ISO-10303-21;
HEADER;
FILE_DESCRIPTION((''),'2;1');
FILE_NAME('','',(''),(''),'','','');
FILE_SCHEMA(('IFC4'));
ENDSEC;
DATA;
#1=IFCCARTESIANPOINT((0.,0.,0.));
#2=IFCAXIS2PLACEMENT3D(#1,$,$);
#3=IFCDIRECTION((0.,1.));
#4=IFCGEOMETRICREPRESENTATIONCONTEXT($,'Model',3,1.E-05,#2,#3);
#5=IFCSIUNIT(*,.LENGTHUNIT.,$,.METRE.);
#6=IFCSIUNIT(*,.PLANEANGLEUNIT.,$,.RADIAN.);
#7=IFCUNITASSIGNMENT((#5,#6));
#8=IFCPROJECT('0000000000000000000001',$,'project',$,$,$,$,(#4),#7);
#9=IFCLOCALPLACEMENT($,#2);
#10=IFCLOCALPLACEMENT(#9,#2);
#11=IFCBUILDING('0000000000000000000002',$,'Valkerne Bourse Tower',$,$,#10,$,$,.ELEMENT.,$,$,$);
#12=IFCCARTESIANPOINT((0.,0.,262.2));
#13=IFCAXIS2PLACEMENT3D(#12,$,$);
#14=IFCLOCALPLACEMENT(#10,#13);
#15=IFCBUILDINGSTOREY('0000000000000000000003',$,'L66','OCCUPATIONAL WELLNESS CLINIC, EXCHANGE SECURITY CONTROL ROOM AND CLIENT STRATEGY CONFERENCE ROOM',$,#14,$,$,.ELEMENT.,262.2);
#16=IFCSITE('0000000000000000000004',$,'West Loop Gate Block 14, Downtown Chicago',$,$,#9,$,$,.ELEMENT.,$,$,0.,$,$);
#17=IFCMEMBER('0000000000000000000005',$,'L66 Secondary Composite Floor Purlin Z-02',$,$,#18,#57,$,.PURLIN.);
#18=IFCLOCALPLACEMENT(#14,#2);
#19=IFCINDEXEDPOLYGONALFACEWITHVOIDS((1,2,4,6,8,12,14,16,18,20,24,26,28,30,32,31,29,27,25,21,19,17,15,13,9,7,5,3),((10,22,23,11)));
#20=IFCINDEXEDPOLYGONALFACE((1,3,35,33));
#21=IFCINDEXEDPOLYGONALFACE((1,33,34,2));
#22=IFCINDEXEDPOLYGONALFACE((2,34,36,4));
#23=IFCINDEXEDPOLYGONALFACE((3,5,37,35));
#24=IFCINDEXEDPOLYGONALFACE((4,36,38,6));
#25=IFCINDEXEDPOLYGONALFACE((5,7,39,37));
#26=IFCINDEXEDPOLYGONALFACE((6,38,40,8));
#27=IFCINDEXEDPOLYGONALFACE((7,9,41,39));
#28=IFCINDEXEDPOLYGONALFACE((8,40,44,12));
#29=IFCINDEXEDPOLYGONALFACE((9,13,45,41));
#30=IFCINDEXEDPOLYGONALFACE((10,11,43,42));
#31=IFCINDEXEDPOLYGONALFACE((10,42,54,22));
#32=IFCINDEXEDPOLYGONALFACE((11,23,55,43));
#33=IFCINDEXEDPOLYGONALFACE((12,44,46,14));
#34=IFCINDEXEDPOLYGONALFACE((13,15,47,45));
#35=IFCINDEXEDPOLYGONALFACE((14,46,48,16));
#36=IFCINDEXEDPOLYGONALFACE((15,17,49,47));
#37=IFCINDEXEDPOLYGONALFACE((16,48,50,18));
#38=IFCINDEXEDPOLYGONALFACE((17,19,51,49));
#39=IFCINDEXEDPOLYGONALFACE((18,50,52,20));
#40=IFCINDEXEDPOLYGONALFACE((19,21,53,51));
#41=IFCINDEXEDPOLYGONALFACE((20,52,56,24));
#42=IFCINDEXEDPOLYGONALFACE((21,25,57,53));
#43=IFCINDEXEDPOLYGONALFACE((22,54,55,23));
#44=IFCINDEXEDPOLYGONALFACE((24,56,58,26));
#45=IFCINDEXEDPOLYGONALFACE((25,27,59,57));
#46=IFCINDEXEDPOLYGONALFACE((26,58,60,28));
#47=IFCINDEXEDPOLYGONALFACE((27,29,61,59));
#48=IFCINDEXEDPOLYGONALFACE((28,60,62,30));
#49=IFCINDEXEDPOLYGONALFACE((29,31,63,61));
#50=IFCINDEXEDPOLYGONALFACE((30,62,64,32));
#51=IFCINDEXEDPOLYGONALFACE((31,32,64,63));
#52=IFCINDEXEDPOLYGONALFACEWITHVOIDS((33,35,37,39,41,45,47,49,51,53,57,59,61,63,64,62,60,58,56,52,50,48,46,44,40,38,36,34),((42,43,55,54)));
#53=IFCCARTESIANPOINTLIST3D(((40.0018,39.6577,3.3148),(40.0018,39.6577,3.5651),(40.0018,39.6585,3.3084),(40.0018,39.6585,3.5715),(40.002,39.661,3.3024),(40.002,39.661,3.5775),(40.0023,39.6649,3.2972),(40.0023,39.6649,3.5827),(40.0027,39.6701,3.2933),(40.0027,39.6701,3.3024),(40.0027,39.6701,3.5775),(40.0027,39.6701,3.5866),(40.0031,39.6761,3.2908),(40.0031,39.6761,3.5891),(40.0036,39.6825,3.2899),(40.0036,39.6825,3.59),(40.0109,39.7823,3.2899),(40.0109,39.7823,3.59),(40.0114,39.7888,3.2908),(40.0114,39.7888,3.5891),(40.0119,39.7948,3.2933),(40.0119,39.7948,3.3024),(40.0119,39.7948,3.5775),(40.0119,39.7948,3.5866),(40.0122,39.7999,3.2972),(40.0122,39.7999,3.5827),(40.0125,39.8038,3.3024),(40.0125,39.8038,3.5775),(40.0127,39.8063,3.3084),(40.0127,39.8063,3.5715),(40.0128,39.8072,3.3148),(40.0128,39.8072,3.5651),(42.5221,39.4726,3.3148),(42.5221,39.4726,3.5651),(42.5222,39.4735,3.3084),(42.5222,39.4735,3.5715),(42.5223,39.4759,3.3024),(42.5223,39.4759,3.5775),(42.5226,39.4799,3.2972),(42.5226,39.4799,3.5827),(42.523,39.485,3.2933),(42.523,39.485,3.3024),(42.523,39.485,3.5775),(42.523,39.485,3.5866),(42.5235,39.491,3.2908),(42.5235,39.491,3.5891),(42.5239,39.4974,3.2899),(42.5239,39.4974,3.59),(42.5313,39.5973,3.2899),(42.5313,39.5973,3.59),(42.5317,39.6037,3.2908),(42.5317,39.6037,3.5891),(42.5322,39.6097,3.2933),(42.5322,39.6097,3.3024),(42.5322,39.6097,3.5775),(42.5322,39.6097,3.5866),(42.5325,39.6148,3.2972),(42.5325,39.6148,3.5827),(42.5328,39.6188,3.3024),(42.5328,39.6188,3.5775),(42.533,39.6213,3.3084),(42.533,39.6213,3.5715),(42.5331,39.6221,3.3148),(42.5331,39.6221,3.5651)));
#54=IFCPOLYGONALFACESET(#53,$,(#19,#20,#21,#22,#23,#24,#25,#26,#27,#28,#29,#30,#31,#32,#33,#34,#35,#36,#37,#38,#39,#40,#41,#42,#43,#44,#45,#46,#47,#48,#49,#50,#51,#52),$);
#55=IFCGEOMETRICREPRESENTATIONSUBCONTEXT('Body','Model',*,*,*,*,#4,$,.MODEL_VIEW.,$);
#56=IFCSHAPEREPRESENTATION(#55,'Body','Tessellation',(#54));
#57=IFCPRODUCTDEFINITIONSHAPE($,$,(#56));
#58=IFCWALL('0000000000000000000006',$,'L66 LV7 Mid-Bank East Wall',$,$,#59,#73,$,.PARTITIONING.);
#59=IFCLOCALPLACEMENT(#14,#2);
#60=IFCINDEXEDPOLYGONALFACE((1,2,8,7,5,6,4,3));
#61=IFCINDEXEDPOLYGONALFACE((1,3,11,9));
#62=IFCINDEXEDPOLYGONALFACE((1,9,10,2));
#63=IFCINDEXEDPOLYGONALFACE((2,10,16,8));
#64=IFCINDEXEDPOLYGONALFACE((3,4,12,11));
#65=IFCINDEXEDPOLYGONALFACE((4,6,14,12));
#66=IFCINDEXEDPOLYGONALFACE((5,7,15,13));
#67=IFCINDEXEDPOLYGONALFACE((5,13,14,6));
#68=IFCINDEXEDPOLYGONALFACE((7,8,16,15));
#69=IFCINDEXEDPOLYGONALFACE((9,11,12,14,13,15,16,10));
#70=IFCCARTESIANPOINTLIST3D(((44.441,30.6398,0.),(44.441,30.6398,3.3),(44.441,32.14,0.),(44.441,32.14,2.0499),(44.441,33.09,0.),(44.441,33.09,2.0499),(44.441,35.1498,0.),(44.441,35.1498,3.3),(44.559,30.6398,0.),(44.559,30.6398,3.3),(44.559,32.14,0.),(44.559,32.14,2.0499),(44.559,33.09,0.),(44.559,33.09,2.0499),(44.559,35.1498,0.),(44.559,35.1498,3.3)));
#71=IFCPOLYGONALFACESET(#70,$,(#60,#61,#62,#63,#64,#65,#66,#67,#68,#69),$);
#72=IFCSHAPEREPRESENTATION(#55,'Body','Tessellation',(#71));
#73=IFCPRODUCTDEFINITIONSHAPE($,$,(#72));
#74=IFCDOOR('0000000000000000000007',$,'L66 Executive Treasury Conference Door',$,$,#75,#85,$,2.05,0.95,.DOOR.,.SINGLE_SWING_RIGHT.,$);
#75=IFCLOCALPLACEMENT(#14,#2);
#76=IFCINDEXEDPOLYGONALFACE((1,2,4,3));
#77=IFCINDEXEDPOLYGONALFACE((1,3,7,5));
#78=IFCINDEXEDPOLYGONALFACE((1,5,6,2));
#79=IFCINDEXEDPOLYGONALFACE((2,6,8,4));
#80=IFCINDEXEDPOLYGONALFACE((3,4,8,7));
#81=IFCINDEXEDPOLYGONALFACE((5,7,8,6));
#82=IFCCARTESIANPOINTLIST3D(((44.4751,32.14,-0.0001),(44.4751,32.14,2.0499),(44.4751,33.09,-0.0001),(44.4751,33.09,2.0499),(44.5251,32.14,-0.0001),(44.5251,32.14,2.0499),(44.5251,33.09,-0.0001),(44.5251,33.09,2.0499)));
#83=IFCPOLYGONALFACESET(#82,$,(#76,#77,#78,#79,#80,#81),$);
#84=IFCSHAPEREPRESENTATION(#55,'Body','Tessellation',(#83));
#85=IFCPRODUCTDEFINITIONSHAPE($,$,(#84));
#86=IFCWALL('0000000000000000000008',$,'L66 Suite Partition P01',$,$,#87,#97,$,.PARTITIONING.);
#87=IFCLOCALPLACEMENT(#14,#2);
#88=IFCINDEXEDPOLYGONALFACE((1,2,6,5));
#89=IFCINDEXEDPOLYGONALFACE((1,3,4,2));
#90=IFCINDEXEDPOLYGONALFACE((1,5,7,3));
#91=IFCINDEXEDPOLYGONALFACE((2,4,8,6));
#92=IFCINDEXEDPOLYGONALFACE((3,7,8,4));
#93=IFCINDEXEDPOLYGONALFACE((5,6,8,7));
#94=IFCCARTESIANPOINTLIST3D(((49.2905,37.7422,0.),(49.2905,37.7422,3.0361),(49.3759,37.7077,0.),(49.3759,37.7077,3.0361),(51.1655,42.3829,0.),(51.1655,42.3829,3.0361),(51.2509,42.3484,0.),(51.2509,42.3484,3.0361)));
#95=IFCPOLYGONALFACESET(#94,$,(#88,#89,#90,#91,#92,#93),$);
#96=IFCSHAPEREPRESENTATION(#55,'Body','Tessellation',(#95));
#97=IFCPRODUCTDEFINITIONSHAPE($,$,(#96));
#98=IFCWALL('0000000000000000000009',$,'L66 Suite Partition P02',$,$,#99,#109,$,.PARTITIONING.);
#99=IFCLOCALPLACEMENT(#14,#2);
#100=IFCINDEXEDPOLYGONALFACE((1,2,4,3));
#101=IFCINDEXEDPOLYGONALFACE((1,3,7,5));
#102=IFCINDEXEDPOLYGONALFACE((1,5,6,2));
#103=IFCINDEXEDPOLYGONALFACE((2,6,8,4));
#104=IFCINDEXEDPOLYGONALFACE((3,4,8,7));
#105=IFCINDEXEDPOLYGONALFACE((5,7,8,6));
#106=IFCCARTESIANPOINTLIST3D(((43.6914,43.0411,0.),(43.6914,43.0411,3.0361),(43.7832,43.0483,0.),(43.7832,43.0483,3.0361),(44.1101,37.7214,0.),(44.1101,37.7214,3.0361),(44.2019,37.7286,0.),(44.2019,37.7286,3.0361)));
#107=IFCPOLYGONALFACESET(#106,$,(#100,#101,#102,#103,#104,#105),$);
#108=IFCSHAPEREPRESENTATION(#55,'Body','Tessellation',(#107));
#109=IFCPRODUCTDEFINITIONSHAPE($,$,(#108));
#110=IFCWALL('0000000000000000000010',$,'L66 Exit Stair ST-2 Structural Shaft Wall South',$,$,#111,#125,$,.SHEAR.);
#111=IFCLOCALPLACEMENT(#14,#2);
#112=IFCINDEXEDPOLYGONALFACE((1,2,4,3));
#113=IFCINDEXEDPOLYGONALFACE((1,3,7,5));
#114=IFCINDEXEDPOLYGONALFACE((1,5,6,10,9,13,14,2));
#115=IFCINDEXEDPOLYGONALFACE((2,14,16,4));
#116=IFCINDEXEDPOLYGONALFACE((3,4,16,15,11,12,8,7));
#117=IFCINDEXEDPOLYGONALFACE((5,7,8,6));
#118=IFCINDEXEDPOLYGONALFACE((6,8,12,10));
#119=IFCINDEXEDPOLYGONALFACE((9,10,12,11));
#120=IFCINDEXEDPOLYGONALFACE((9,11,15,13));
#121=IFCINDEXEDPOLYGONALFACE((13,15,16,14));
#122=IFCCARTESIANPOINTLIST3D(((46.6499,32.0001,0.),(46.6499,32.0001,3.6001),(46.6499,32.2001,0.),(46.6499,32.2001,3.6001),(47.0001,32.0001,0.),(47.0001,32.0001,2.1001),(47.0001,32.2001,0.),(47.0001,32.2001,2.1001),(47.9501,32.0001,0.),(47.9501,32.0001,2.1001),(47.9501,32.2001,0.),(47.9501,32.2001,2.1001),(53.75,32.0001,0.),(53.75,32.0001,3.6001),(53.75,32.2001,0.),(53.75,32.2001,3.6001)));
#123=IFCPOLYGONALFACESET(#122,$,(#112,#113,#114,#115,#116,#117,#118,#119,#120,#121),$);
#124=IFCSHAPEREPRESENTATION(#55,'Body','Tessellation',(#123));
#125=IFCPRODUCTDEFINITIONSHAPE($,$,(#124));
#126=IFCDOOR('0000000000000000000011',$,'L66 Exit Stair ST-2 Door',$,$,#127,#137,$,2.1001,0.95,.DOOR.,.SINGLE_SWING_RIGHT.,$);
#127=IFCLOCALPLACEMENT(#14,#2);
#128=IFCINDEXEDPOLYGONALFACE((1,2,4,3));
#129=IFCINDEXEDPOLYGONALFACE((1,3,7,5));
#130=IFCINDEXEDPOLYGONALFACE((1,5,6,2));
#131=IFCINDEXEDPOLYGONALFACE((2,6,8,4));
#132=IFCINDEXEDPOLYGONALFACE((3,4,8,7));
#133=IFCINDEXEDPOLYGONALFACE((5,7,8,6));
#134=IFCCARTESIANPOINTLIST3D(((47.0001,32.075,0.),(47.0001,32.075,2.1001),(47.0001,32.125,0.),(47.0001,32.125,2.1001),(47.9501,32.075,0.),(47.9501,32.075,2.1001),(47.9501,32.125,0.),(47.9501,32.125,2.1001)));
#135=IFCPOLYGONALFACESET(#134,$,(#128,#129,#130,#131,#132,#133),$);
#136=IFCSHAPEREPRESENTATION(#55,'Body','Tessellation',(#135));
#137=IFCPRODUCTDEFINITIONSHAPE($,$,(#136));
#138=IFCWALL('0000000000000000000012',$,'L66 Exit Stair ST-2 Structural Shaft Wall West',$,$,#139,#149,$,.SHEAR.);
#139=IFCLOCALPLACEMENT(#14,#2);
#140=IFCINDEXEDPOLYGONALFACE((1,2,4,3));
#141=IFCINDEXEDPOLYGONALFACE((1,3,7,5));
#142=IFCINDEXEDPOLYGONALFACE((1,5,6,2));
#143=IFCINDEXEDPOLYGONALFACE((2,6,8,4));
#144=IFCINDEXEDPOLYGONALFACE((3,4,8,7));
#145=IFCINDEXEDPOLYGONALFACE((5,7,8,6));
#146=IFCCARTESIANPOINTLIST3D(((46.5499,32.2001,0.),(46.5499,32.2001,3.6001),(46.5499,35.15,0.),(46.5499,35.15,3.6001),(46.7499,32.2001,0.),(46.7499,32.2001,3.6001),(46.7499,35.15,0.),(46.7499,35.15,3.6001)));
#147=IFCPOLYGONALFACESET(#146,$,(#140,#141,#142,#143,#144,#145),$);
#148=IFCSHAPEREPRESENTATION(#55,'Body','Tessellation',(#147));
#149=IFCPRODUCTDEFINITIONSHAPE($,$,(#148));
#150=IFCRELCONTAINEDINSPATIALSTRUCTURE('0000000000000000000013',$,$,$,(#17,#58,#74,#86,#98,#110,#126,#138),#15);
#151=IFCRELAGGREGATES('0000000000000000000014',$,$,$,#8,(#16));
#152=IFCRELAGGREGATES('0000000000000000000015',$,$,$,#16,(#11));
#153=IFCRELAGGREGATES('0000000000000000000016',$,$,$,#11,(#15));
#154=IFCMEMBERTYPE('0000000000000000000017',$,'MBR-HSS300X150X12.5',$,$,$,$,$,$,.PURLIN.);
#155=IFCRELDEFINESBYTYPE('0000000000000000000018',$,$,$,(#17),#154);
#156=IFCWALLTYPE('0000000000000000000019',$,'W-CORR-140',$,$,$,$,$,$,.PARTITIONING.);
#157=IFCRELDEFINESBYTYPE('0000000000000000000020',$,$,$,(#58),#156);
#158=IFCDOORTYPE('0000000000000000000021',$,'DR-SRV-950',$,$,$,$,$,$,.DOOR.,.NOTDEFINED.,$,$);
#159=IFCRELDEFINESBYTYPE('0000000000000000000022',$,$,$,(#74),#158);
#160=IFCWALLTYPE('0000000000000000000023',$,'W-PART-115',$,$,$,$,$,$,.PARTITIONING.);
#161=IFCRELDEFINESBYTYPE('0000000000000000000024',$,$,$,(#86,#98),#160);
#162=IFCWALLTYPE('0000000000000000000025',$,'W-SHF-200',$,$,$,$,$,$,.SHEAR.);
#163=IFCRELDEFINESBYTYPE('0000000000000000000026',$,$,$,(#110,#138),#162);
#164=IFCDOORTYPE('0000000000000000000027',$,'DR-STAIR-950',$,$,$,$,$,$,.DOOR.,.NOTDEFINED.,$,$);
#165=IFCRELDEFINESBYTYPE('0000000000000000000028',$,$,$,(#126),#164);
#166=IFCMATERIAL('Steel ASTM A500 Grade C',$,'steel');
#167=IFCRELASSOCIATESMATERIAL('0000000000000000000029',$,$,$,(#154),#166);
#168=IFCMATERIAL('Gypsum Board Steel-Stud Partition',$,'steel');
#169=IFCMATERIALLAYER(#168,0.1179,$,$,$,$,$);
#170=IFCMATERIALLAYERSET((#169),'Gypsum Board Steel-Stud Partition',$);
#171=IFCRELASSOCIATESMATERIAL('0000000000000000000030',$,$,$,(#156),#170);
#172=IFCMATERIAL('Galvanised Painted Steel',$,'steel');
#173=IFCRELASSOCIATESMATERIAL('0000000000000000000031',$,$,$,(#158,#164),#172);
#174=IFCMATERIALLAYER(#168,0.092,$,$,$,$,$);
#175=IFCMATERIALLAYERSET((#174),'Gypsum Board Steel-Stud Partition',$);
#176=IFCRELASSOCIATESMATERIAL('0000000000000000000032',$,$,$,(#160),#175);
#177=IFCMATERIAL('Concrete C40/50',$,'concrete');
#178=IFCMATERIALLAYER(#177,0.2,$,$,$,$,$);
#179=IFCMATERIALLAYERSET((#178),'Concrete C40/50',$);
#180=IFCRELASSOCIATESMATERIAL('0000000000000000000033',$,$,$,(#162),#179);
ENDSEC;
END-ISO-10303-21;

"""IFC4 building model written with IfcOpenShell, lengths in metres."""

from ifc_helpers import new_model, si_unit, direction, frame, frame_2d, origin, origin_2d, place, context, subcontext, project, spatial, rectangle, hollow_rectangle, extrude, material, layer, layer_set, material_profile, profile_set, type_object, element, fill, save


model = new_model("IFC4")

# Units and contexts
model_context = context("Model", 3, precision=1e-05, world=origin(), true_north=direction((0.0, 1.0)))
body_context = subcontext(model_context, "Body", "Model", "MODEL_VIEW")
ifc_project = project(units=[si_unit("LENGTHUNIT", "METRE"), si_unit("PLANEANGLEUNIT", "RADIAN")], contexts=[model_context])

# Site, building, storey
site_placement = place(None, origin())
site = spatial("IfcSite", under=ifc_project, at=site_placement, Name="West Loop Gate Block 14, Downtown Chicago", CompositionType="ELEMENT", RefElevation=0.0)
building_placement = place(site_placement, origin())
building = spatial("IfcBuilding", under=site, at=building_placement, Name="Valkerne Bourse Tower", CompositionType="ELEMENT")
storey_placement = place(building_placement, frame((0.0, 0.0, 262.2)))
storey = spatial("IfcBuildingStorey", under=building, at=storey_placement, Name="L66", Description="OCCUPATIONAL WELLNESS CLINIC, EXCHANGE SECURITY CONTROL ROOM AND CLIENT STRATEGY CONFERENCE ROOM", CompositionType="ELEMENT", Elevation=262.2)

# Shared definitions
ifc_material_1 = material(Name="Steel ASTM A500 Grade C", Category="steel")

# Member
ifc_material_profile_1 = material_profile(ifc_material_1, hollow_rectangle(XDim=0.1499, YDim=0.3, WallThickness=0.0125, OuterFilletRadius=0.0249, at=origin_2d()), Name="HSS300X150X12.5")
ifc_profile_set_1 = profile_set([ifc_material_profile_1], Name="Steel ASTM A500 Grade C")
member_type = type_object("IfcMemberType", Name="MBR-HSS300X150X12.5", PredefinedType="PURLIN", material=ifc_profile_set_1)
member_1_placement = place(storey_placement, frame((42.5276, 39.5474, 3.4399), z_axis=(-0.997315, 0.073231, 0.0), x_axis=(-0.073231, -0.997315, 0.0)))
element("IfcMember", 1, at=member_1_placement, inside=storey, type_object=member_type, Name="L66 Secondary Composite Floor Purlin Z-02", PredefinedType="PURLIN", context=body_context, shape_type="SweptSolid", body=[
    extrude(hollow_rectangle(XDim=0.1499, YDim=0.3, WallThickness=0.0125, OuterFilletRadius=0.0249, at=origin_2d()), origin(), (0.0, 0.0, 1.0), 2.5271),
])

# Wall, opening, door
ifc_material_2 = material(Name="Gypsum Board Steel-Stud Partition", Category="steel")
ifc_layer_1 = layer(ifc_material_2, 0.1179)
ifc_layer_set_1 = layer_set([ifc_layer_1], Name="Gypsum Board Steel-Stud Partition")
wall_type_1 = type_object("IfcWallType", Name="W-CORR-140", PredefinedType="PARTITIONING", material=ifc_layer_set_1)
wall_1_placement = place(storey_placement, frame((44.5, 30.6399, 0.0), z_axis=(0.0, 0.0, 1.0), x_axis=(0.0, 1.0, 0.0)))
wall_1 = element("IfcWall", 2, at=wall_1_placement, inside=storey, type_object=wall_type_1, Name="L66 LV7 Mid-Bank East Wall", PredefinedType="PARTITIONING", context=body_context, shape_type="SweptSolid", body=[
    extrude(rectangle(XDim=4.51, YDim=0.1179, at=frame_2d((2.2549, 0.0))), origin(), (0.0, 0.0, 1.0), 3.3),
])
opening_1_placement = place(wall_1_placement, frame((1.5, 0.0, 0.0)))
opening_1 = element("IfcOpeningElement", 3, at=opening_1_placement, cuts=wall_1, PredefinedType="OPENING", context=body_context, shape_type="SweptSolid", body=[
    extrude(rectangle(XDim=0.95, YDim=2.05, at=frame_2d((0.4751, 1.0249))), frame((0.0, 0.0688, 0.0), z_axis=(0.0, -1.0, 0.0), x_axis=(1.0, 0.0, 0.0)), (0.0, 0.0, 1.0), 0.1379),
])
ifc_material_3 = material(Name="Galvanised Painted Steel", Category="steel")
door_type_1 = type_object("IfcDoorType", Name="DR-SRV-950", OperationType="NOTDEFINED", PredefinedType="DOOR", material=ifc_material_3)
door_1_placement = place(opening_1_placement, origin())
door_1 = element("IfcDoor", 4, at=door_1_placement, inside=storey, type_object=door_type_1, Name="L66 Executive Treasury Conference Door", OperationType="SINGLE_SWING_RIGHT", OverallHeight=2.05, OverallWidth=0.95, PredefinedType="DOOR", context=body_context, shape_type="SweptSolid", body=[
    extrude(rectangle(XDim=0.95, YDim=2.05, at=frame_2d((0.4751, 1.0249))), frame((0.0, 0.0249, 0.0), z_axis=(0.0, -1.0, 0.0), x_axis=(1.0, 0.0, 0.0)), (0.0, 0.0, 1.0), 0.05),
])
fill(opening_1, door_1)

# Walls
ifc_layer_2 = layer(ifc_material_2, 0.092)
ifc_layer_set_2 = layer_set([ifc_layer_2], Name="Gypsum Board Steel-Stud Partition")
wall_type_2 = type_object("IfcWallType", Name="W-PART-115", PredefinedType="PARTITIONING", material=ifc_layer_set_2)
wall_2_placement = place(storey_placement, frame((49.3333, 37.7251, 0.0), z_axis=(0.0, 0.0, 1.0), x_axis=(0.374618, 0.927179, 0.0)))
element("IfcWall", 5, at=wall_2_placement, inside=storey, type_object=wall_type_2, Name="L66 Suite Partition P01", PredefinedType="PARTITIONING", context=body_context, shape_type="SweptSolid", body=[
    extrude(rectangle(XDim=5.0051, YDim=0.092, at=frame_2d((2.5024, 0.0))), origin(), (0.0, 0.0, 1.0), 3.0361),
])
wall_3_placement = place(storey_placement, frame((44.156, 37.7251, 0.0), z_axis=(0.0, 0.0, 1.0), x_axis=(-0.078463, 0.996917, 0.0)))
element("IfcWall", 6, at=wall_3_placement, inside=storey, type_object=wall_type_2, Name="L66 Suite Partition P02", PredefinedType="PARTITIONING", context=body_context, shape_type="SweptSolid", body=[
    extrude(rectangle(XDim=5.3362, YDim=0.092, at=frame_2d((2.668, 0.0))), origin(), (0.0, 0.0, 1.0), 3.0361),
])

# Wall, opening, door
ifc_material_4 = material(Name="Concrete C40/50", Category="concrete")
ifc_layer_3 = layer(ifc_material_4, 0.2)
ifc_layer_set_3 = layer_set([ifc_layer_3], Name="Concrete C40/50")
wall_type_3 = type_object("IfcWallType", Name="W-SHF-200", PredefinedType="SHEAR", material=ifc_layer_set_3)
wall_4_placement = place(storey_placement, frame((46.6499, 32.1001, 0.0), z_axis=(0.0, 0.0, 1.0), x_axis=(1.0, 0.0, 0.0)))
wall_4 = element("IfcWall", 7, at=wall_4_placement, inside=storey, type_object=wall_type_3, Name="L66 Exit Stair ST-2 Structural Shaft Wall South", PredefinedType="SHEAR", context=body_context, shape_type="SweptSolid", body=[
    extrude(rectangle(XDim=7.1001, YDim=0.2, at=frame_2d((3.55, 0.0))), origin(), (0.0, 0.0, 1.0), 3.6001),
])
opening_2_placement = place(wall_4_placement, frame((0.3501, 0.0, 0.0)))
opening_2 = element("IfcOpeningElement", 8, at=opening_2_placement, cuts=wall_4, PredefinedType="OPENING", context=body_context, shape_type="SweptSolid", body=[
    extrude(rectangle(XDim=0.95, YDim=2.1001, at=frame_2d((0.4751, 1.05))), frame((0.0, 0.1099, 0.0), z_axis=(0.0, -1.0, 0.0), x_axis=(1.0, 0.0, 0.0)), (0.0, 0.0, 1.0), 0.22),
])
door_type_2 = type_object("IfcDoorType", Name="DR-STAIR-950", OperationType="NOTDEFINED", PredefinedType="DOOR", material=ifc_material_3)
door_2_placement = place(opening_2_placement, origin())
door_2 = element("IfcDoor", 9, at=door_2_placement, inside=storey, type_object=door_type_2, Name="L66 Exit Stair ST-2 Door", OperationType="SINGLE_SWING_RIGHT", OverallHeight=2.1001, OverallWidth=0.95, PredefinedType="DOOR", context=body_context, shape_type="SweptSolid", body=[
    extrude(rectangle(XDim=0.95, YDim=2.1001, at=frame_2d((0.4751, 1.05))), frame((0.0, 0.0249, 0.0), z_axis=(0.0, -1.0, 0.0), x_axis=(1.0, 0.0, 0.0)), (0.0, 0.0, 1.0), 0.05),
])
fill(opening_2, door_2)

# Wall
wall_5_placement = place(storey_placement, frame((46.6499, 32.2, 0.0), z_axis=(0.0, 0.0, 1.0), x_axis=(0.0, 1.0, 0.0)))
element("IfcWall", 10, at=wall_5_placement, inside=storey, type_object=wall_type_3, Name="L66 Exit Stair ST-2 Structural Shaft Wall West", PredefinedType="SHEAR", context=body_context, shape_type="SweptSolid", body=[
    extrude(rectangle(XDim=2.95, YDim=0.2, at=frame_2d((1.4751, 0.0))), origin(), (0.0, 0.0, 1.0), 3.6001),
])

save(model, "model.ifc")
